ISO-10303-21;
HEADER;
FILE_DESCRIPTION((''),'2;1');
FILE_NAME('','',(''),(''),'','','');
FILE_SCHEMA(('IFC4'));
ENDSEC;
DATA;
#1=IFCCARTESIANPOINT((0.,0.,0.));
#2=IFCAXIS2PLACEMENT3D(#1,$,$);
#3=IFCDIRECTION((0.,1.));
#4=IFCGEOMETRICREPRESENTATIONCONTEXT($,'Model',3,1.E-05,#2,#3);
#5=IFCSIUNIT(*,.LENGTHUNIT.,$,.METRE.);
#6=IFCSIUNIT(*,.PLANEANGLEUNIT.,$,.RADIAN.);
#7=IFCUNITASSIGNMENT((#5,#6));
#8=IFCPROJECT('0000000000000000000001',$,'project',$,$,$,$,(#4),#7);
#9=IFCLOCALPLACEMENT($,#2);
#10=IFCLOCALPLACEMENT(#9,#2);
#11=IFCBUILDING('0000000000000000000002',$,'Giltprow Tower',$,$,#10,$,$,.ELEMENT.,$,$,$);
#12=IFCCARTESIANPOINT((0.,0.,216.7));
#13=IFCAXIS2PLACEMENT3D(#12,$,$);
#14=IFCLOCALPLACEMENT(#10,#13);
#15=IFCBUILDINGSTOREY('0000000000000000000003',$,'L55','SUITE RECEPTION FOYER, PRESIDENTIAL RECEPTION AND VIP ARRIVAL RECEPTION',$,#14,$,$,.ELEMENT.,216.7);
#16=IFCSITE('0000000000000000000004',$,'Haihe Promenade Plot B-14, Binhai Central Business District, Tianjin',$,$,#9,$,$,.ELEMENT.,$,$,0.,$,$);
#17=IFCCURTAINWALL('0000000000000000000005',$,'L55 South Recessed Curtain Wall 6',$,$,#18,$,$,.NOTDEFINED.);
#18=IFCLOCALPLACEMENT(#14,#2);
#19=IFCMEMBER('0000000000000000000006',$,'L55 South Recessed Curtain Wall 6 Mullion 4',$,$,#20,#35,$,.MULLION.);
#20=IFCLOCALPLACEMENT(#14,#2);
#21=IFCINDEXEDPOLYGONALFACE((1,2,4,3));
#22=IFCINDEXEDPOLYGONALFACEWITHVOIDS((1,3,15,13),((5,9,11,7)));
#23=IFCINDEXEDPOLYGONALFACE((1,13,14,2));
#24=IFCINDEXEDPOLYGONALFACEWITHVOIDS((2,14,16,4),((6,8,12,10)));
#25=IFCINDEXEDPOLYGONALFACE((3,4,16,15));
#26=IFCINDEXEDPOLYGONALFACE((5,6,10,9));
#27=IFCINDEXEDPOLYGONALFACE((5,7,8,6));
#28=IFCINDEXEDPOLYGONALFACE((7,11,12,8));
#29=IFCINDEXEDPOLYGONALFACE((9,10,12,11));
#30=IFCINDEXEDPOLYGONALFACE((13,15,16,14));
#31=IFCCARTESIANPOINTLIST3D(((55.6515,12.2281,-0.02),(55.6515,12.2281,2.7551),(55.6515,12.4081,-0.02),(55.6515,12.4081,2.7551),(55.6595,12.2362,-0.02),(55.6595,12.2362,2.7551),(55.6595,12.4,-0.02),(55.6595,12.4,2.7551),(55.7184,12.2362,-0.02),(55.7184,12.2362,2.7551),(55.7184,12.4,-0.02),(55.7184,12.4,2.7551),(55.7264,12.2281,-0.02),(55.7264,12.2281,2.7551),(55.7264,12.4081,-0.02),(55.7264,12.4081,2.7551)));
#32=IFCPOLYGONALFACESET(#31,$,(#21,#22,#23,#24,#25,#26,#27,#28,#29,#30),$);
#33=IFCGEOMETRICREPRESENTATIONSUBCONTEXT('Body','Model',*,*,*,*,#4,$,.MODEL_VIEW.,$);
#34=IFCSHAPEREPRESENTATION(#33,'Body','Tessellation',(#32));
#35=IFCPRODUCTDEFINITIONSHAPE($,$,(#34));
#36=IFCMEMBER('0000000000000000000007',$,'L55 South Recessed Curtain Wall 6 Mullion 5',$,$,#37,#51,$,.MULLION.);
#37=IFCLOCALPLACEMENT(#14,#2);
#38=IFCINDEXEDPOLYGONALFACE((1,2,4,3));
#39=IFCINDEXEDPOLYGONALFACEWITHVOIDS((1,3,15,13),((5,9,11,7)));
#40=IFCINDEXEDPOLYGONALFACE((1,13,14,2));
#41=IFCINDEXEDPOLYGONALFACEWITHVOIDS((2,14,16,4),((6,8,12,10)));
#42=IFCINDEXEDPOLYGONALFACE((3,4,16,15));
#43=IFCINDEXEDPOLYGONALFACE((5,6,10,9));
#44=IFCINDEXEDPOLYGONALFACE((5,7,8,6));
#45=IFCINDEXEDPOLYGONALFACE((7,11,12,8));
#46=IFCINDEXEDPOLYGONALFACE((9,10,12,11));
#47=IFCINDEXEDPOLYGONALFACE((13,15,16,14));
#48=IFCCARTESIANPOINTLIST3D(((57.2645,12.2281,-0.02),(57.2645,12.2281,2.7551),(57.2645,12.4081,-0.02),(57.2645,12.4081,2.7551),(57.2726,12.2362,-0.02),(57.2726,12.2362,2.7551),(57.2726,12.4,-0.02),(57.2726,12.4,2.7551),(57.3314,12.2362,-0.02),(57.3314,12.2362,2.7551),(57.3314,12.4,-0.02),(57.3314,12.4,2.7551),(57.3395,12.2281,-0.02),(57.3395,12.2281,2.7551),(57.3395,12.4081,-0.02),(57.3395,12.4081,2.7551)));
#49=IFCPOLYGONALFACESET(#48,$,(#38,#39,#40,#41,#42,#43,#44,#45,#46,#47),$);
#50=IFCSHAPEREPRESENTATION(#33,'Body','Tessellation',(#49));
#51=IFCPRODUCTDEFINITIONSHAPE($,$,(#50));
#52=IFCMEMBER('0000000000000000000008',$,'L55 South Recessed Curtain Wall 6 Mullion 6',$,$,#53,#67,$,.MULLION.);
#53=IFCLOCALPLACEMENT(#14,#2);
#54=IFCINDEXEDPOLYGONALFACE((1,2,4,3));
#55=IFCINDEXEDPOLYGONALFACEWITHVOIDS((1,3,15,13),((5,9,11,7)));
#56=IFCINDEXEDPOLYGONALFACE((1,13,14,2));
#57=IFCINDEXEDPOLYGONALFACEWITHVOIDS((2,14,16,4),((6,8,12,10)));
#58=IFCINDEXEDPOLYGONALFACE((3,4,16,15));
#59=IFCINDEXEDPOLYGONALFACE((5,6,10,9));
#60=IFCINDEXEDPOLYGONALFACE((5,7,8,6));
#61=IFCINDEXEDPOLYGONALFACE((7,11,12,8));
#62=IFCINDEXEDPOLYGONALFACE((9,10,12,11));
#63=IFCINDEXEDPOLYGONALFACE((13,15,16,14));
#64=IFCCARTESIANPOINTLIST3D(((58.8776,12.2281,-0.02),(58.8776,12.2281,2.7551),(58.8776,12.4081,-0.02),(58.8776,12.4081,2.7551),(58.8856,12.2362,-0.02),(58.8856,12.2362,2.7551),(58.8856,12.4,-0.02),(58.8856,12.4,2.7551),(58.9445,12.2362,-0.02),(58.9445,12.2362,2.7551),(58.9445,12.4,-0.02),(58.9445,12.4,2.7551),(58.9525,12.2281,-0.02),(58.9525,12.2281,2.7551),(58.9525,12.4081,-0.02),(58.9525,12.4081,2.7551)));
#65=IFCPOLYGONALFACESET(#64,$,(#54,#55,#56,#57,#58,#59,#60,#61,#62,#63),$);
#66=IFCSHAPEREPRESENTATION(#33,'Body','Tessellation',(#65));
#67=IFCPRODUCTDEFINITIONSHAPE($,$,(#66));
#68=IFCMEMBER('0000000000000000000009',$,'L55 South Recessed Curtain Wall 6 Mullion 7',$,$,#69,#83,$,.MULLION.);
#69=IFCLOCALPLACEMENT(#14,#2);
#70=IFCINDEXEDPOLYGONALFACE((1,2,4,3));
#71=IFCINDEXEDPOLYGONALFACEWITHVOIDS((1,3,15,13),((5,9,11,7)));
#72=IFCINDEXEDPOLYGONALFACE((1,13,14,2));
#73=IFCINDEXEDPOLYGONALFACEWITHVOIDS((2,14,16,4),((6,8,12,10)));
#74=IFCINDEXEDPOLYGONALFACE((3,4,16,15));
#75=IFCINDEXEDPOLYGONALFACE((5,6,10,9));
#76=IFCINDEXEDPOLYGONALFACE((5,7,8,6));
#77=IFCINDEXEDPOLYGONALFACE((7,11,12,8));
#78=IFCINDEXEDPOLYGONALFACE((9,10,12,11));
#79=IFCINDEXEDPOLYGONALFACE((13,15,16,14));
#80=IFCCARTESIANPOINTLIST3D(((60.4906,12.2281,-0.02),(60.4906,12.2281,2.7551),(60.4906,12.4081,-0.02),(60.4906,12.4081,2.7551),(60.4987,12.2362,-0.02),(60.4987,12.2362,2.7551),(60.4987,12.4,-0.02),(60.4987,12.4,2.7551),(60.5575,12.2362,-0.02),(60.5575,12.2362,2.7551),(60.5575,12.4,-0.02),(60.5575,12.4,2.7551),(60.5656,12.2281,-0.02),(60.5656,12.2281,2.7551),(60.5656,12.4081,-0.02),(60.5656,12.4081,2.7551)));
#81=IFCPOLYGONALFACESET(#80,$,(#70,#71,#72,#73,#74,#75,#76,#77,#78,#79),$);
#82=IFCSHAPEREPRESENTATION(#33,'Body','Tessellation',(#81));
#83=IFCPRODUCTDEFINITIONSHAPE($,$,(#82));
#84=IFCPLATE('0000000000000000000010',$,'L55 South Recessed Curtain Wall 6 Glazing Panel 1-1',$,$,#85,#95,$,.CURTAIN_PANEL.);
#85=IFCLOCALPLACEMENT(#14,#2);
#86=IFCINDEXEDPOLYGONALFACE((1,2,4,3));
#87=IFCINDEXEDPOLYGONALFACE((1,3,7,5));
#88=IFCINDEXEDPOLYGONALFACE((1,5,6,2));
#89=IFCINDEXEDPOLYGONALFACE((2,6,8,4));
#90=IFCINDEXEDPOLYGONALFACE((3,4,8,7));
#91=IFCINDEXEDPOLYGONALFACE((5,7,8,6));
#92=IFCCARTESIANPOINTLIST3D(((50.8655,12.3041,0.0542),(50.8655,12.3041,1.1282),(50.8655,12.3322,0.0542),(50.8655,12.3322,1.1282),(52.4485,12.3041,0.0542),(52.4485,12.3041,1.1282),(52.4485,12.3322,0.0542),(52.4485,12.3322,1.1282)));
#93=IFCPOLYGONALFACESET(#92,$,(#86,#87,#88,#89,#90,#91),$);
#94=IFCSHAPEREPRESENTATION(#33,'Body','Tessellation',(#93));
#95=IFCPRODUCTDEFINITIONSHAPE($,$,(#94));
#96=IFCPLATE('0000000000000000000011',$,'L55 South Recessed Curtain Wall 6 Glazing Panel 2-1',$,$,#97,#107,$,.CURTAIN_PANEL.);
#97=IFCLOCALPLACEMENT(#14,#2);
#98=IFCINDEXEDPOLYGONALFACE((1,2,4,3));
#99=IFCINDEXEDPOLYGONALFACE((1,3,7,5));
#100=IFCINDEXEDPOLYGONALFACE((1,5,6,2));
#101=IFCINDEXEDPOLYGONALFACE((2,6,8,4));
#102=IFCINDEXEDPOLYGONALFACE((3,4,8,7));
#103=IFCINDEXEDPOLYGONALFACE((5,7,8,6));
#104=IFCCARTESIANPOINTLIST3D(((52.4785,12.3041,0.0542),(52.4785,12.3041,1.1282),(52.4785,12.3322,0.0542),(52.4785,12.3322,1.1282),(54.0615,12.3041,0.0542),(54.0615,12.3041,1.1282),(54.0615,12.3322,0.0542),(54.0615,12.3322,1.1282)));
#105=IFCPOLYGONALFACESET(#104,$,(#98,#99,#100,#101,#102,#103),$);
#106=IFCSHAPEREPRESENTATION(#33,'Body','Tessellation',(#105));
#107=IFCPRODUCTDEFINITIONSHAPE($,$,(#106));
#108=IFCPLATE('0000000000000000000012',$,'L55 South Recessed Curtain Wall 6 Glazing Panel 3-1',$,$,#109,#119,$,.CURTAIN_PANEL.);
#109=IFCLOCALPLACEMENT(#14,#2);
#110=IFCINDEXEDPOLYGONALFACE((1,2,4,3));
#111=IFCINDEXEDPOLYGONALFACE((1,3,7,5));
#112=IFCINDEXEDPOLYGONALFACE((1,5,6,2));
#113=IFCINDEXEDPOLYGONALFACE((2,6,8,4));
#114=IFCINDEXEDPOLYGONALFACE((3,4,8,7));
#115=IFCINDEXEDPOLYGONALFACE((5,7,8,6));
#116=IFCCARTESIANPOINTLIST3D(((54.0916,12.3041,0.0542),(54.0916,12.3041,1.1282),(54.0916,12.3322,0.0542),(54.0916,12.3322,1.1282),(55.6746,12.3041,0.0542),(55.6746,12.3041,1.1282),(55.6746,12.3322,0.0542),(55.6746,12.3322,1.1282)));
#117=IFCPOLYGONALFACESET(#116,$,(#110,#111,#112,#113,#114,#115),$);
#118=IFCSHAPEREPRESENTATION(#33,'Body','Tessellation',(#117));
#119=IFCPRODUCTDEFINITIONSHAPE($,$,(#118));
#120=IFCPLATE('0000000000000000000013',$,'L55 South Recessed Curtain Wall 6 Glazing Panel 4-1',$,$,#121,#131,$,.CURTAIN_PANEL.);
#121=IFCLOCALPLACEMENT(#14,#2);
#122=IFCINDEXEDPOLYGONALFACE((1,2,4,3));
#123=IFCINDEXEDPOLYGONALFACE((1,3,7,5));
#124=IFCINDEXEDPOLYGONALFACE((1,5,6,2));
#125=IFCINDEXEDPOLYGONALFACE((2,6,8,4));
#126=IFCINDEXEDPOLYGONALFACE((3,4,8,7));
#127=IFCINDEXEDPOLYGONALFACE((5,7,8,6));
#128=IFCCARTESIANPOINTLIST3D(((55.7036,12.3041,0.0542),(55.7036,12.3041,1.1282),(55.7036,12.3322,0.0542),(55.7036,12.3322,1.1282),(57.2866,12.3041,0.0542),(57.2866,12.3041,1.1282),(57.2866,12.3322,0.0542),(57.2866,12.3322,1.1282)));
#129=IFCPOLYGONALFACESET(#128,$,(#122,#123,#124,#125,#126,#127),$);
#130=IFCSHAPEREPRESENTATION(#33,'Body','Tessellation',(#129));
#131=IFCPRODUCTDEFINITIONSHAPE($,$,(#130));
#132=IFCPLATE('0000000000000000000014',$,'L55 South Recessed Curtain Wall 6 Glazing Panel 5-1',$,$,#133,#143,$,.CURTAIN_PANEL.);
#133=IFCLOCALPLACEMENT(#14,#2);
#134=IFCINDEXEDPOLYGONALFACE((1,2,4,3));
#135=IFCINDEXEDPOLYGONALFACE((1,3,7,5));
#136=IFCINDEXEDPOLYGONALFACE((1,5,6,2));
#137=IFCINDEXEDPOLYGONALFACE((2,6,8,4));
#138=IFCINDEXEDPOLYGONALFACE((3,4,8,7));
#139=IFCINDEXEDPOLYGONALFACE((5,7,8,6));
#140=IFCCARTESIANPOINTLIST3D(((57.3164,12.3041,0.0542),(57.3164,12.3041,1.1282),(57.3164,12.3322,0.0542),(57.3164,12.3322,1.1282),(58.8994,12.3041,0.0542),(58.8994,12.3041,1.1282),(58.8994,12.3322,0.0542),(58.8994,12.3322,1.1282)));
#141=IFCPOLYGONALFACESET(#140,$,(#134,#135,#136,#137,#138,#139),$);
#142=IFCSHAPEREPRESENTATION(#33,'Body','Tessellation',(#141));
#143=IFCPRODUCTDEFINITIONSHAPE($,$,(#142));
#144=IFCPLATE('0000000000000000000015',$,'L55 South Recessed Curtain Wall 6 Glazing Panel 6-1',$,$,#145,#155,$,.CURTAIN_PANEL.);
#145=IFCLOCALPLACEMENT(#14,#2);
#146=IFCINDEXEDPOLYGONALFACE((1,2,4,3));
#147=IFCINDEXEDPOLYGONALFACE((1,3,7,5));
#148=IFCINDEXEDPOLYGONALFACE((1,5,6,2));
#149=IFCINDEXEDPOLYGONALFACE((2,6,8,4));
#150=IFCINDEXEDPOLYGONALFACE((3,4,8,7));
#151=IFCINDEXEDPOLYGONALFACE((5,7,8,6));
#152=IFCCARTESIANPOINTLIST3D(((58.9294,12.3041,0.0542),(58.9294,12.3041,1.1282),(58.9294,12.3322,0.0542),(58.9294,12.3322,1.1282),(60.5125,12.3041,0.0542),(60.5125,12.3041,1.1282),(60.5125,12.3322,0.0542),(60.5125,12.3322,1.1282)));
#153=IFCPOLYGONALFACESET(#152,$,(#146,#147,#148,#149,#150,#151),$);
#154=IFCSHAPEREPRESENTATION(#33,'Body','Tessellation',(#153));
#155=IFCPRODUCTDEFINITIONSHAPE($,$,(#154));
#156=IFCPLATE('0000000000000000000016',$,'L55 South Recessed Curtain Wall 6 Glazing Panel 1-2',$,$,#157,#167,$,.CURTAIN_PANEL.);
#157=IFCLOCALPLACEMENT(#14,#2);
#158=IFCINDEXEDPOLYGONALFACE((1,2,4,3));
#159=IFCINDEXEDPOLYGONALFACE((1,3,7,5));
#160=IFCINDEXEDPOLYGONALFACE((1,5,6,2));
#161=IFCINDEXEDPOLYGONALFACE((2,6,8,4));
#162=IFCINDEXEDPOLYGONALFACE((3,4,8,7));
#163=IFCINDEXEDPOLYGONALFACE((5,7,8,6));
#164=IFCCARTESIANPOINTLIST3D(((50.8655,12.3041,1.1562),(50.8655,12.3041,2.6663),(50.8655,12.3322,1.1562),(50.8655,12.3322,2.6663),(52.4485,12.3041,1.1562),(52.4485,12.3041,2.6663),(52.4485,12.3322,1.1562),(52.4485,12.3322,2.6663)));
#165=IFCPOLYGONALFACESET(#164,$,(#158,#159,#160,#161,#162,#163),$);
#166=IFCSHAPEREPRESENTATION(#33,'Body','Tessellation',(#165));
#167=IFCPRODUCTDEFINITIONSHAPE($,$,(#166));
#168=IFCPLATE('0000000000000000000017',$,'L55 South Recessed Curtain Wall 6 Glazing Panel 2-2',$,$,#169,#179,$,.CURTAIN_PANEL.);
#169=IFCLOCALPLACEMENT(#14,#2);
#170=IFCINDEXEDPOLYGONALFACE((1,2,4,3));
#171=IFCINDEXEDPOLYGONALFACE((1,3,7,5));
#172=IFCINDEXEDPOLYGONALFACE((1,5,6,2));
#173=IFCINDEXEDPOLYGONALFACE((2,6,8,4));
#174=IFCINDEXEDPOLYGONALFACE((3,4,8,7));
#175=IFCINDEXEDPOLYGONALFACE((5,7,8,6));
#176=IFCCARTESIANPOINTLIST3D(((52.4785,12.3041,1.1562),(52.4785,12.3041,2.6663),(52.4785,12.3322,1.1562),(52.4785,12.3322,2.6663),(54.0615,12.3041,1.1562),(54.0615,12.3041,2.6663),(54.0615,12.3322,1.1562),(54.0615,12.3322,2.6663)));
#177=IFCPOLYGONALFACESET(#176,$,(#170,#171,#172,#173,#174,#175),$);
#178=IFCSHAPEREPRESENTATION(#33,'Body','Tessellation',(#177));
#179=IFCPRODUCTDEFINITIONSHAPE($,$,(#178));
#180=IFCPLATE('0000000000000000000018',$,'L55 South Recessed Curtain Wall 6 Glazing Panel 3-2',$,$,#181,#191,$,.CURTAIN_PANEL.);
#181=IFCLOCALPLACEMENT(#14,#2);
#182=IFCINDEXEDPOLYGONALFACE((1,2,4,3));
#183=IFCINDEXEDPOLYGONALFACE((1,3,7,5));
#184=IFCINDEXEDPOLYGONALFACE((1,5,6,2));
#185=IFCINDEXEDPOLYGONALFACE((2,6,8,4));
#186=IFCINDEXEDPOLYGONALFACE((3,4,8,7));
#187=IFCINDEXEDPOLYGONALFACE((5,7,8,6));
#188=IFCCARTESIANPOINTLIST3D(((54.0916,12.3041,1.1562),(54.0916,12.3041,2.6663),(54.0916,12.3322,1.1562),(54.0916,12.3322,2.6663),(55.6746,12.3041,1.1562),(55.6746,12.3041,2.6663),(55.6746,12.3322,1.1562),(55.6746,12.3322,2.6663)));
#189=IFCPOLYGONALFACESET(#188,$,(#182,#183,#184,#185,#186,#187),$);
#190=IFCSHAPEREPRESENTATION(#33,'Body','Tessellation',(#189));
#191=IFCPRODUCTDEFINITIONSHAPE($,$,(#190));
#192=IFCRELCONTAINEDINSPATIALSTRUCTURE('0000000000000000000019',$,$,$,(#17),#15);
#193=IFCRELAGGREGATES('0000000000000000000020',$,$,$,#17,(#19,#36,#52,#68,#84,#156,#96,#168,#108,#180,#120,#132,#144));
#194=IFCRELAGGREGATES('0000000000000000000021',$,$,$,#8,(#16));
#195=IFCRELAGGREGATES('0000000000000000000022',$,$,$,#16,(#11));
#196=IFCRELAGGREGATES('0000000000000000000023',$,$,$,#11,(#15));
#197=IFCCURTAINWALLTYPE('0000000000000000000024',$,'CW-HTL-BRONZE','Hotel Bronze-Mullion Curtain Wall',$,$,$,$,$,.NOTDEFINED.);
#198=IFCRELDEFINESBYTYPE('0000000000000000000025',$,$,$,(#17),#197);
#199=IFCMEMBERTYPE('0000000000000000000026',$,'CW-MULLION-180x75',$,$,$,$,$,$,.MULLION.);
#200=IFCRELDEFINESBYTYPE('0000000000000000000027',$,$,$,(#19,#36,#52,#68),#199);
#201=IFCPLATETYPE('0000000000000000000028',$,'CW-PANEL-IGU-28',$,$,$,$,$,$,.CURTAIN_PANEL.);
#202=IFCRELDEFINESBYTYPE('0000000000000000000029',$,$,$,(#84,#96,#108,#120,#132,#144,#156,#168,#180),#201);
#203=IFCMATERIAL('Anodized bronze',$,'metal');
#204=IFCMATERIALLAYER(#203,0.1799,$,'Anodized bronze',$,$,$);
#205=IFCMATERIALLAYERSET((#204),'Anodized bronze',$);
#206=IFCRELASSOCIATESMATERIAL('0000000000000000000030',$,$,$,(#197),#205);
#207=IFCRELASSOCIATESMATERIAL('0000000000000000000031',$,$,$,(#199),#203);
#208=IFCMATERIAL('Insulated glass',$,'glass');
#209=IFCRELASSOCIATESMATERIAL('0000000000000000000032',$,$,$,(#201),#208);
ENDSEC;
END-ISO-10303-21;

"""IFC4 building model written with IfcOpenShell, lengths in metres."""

from ifc_helpers import new_model, si_unit, direction, frame, origin, origin_2d, place, context, subcontext, project, spatial, rectangle, hollow_rectangle, extrude, source, transform, mapped, material, layer, layer_set, material_profile, profile_set, type_object, element, aggregate, save


model = new_model("IFC4")

# Units and contexts
model_context = context("Model", 3, precision=1e-05, world=origin(), true_north=direction((0.0, 1.0)))
body_context = subcontext(model_context, "Body", "Model", "MODEL_VIEW")
ifc_project = project(units=[si_unit("LENGTHUNIT", "METRE"), si_unit("PLANEANGLEUNIT", "RADIAN")], contexts=[model_context])

# Site, building, storey
site_placement = place(None, origin())
site = spatial("IfcSite", under=ifc_project, at=site_placement, Name="Haihe Promenade Plot B-14, Binhai Central Business District, Tianjin", CompositionType="ELEMENT", RefElevation=0.0)
building_placement = place(site_placement, origin())
building = spatial("IfcBuilding", under=site, at=building_placement, Name="Giltprow Tower", CompositionType="ELEMENT")
storey_placement = place(building_placement, frame((0.0, 0.0, 216.7)))
storey = spatial("IfcBuildingStorey", under=building, at=storey_placement, Name="L55", Description="SUITE RECEPTION FOYER, PRESIDENTIAL RECEPTION AND VIP ARRIVAL RECEPTION", CompositionType="ELEMENT", Elevation=216.7)

# Curtain wall, members, plates
ifc_material_1 = material(Name="Anodized bronze", Category="metal")
ifc_layer_1 = layer(ifc_material_1, 0.1799, Name="Anodized bronze")
ifc_layer_set_1 = layer_set([ifc_layer_1], Name="Anodized bronze")
curtain_wall_type = type_object("IfcCurtainWallType", Name="CW-HTL-BRONZE", Description="Hotel Bronze-Mullion Curtain Wall", PredefinedType="NOTDEFINED", material=ifc_layer_set_1)
curtain_wall_placement = place(storey_placement, origin())
curtain_wall = element("IfcCurtainWall", 1, at=curtain_wall_placement, inside=storey, type_object=curtain_wall_type, Name="L55 South Recessed Curtain Wall 6", PredefinedType="NOTDEFINED")
ifc_material_profile_1 = material_profile(ifc_material_1, hollow_rectangle(XDim=0.075, YDim=0.1799, WallThickness=0.0081, at=origin_2d()), Name="RHS 180x75x8")
ifc_profile_set_1 = profile_set([ifc_material_profile_1], Name="Anodized bronze")
member_type_1 = type_object("IfcMemberType", Name="CW-MULLION-180x75", PredefinedType="MULLION", material=ifc_profile_set_1)
shared_shape_1 = source(origin(), body_context, "Body", "SweptSolid", [
    extrude(hollow_rectangle(XDim=0.075, YDim=0.1799, WallThickness=0.0081, at=origin_2d()), origin(), (0.0, 0.0, 1.0), 2.7751),
])
member_1_placement = place(storey_placement, frame((55.689, 12.3181, -0.02), z_axis=(0.0, 0.0, 1.0), x_axis=(1.0, 0.0, 0.0)))
member_1 = element("IfcMember", 2, at=member_1_placement, type_object=member_type_1, Name="L55 South Recessed Curtain Wall 6 Mullion 4", PredefinedType="MULLION", context=body_context, shape_type="MappedRepresentation", body=[
    mapped(shared_shape_1, transform((0.0, 0.0, 0.0), x_axis=(1.0, 0.0, 0.0), y_axis=(0.0, 1.0, 0.0), z_axis=(0.0, 0.0, 1.0), scale=1.0)),
])
member_2_placement = place(storey_placement, frame((57.302, 12.3181, -0.02), z_axis=(0.0, 0.0, 1.0), x_axis=(1.0, 0.0, 0.0)))
member_2 = element("IfcMember", 3, at=member_2_placement, type_object=member_type_1, Name="L55 South Recessed Curtain Wall 6 Mullion 5", PredefinedType="MULLION", context=body_context, shape_type="MappedRepresentation", body=[
    mapped(shared_shape_1, transform((0.0, 0.0, 0.0), x_axis=(1.0, 0.0, 0.0), y_axis=(0.0, 1.0, 0.0), z_axis=(0.0, 0.0, 1.0), scale=1.0)),
])
member_3_placement = place(storey_placement, frame((58.915, 12.3181, -0.02), z_axis=(0.0, 0.0, 1.0), x_axis=(1.0, 0.0, 0.0)))
member_3 = element("IfcMember", 4, at=member_3_placement, type_object=member_type_1, Name="L55 South Recessed Curtain Wall 6 Mullion 6", PredefinedType="MULLION", context=body_context, shape_type="MappedRepresentation", body=[
    mapped(shared_shape_1, transform((0.0, 0.0, 0.0), x_axis=(1.0, 0.0, 0.0), y_axis=(0.0, 1.0, 0.0), z_axis=(0.0, 0.0, 1.0), scale=1.0)),
])
member_4_placement = place(storey_placement, frame((60.5281, 12.3181, -0.02), z_axis=(0.0, 0.0, 1.0), x_axis=(1.0, 0.0, 0.0)))
member_4 = element("IfcMember", 5, at=member_4_placement, type_object=member_type_1, Name="L55 South Recessed Curtain Wall 6 Mullion 7", PredefinedType="MULLION", context=body_context, shape_type="MappedRepresentation", body=[
    mapped(shared_shape_1, transform((0.0, 0.0, 0.0), x_axis=(1.0, 0.0, 0.0), y_axis=(0.0, 1.0, 0.0), z_axis=(0.0, 0.0, 1.0), scale=1.0)),
])
ifc_material_2 = material(Name="Insulated glass", Category="glass")
plate_type = type_object("IfcPlateType", Name="CW-PANEL-IGU-28", PredefinedType="CURTAIN_PANEL", material=ifc_material_2)
shared_shape_2 = source(origin(), body_context, "Body", "SweptSolid", [
    extrude(rectangle(XDim=1.583, YDim=0.0281, at=origin_2d()), origin(), (0.0, 0.0, 1.0), 1.074),
])
plate_1_placement = place(storey_placement, frame((51.657, 12.3181, 0.0542), z_axis=(0.0, 0.0, 1.0), x_axis=(1.0, 0.0, 0.0)))
plate_1 = element("IfcPlate", 6, at=plate_1_placement, type_object=plate_type, Name="L55 South Recessed Curtain Wall 6 Glazing Panel 1-1", PredefinedType="CURTAIN_PANEL", context=body_context, shape_type="MappedRepresentation", body=[
    mapped(shared_shape_2, transform((0.0, 0.0, 0.0), x_axis=(1.0, 0.0, 0.0), y_axis=(0.0, 1.0, 0.0), z_axis=(0.0, 0.0, 1.0), scale=1.0)),
])
plate_2_placement = place(storey_placement, frame((53.27, 12.3181, 0.0542), z_axis=(0.0, 0.0, 1.0), x_axis=(1.0, 0.0, 0.0)))
plate_2 = element("IfcPlate", 7, at=plate_2_placement, type_object=plate_type, Name="L55 South Recessed Curtain Wall 6 Glazing Panel 2-1", PredefinedType="CURTAIN_PANEL", context=body_context, shape_type="MappedRepresentation", body=[
    mapped(shared_shape_2, transform((0.0, 0.0, 0.0), x_axis=(1.0, 0.0, 0.0), y_axis=(0.0, 1.0, 0.0), z_axis=(0.0, 0.0, 1.0), scale=1.0)),
])
plate_3_placement = place(storey_placement, frame((54.8831, 12.3181, 0.0542), z_axis=(0.0, 0.0, 1.0), x_axis=(1.0, 0.0, 0.0)))
plate_3 = element("IfcPlate", 8, at=plate_3_placement, type_object=plate_type, Name="L55 South Recessed Curtain Wall 6 Glazing Panel 3-1", PredefinedType="CURTAIN_PANEL", context=body_context, shape_type="MappedRepresentation", body=[
    mapped(shared_shape_2, transform((0.0, 0.0, 0.0), x_axis=(1.0, 0.0, 0.0), y_axis=(0.0, 1.0, 0.0), z_axis=(0.0, 0.0, 1.0), scale=1.0)),
])
plate_4_placement = place(storey_placement, frame((56.4951, 12.3181, 0.0542), z_axis=(0.0, 0.0, 1.0), x_axis=(1.0, 0.0, 0.0)))
plate_4 = element("IfcPlate", 9, at=plate_4_placement, type_object=plate_type, Name="L55 South Recessed Curtain Wall 6 Glazing Panel 4-1", PredefinedType="CURTAIN_PANEL", context=body_context, shape_type="MappedRepresentation", body=[
    mapped(shared_shape_2, transform((0.0, 0.0, 0.0), x_axis=(1.0, 0.0, 0.0), y_axis=(0.0, 1.0, 0.0), z_axis=(0.0, 0.0, 1.0), scale=1.0)),
])
plate_5_placement = place(storey_placement, frame((58.1079, 12.3181, 0.0542), z_axis=(0.0, 0.0, 1.0), x_axis=(1.0, 0.0, 0.0)))
plate_5 = element("IfcPlate", 10, at=plate_5_placement, type_object=plate_type, Name="L55 South Recessed Curtain Wall 6 Glazing Panel 5-1", PredefinedType="CURTAIN_PANEL", context=body_context, shape_type="MappedRepresentation", body=[
    mapped(shared_shape_2, transform((0.0, 0.0, 0.0), x_axis=(1.0, 0.0, 0.0), y_axis=(0.0, 1.0, 0.0), z_axis=(0.0, 0.0, 1.0), scale=1.0)),
])
plate_6_placement = place(storey_placement, frame((59.7209, 12.3181, 0.0542), z_axis=(0.0, 0.0, 1.0), x_axis=(1.0, 0.0, 0.0)))
plate_6 = element("IfcPlate", 11, at=plate_6_placement, type_object=plate_type, Name="L55 South Recessed Curtain Wall 6 Glazing Panel 6-1", PredefinedType="CURTAIN_PANEL", context=body_context, shape_type="MappedRepresentation", body=[
    mapped(shared_shape_2, transform((0.0, 0.0, 0.0), x_axis=(1.0, 0.0, 0.0), y_axis=(0.0, 1.0, 0.0), z_axis=(0.0, 0.0, 1.0), scale=1.0)),
])
shared_shape_3 = source(origin(), body_context, "Body", "SweptSolid", [
    extrude(rectangle(XDim=1.583, YDim=0.0281, at=origin_2d()), origin(), (0.0, 0.0, 1.0), 1.51),
])
plate_7_placement = place(storey_placement, frame((51.657, 12.3181, 1.1562), z_axis=(0.0, 0.0, 1.0), x_axis=(1.0, 0.0, 0.0)))
plate_7 = element("IfcPlate", 12, at=plate_7_placement, type_object=plate_type, Name="L55 South Recessed Curtain Wall 6 Glazing Panel 1-2", PredefinedType="CURTAIN_PANEL", context=body_context, shape_type="MappedRepresentation", body=[
    mapped(shared_shape_3, transform((0.0, 0.0, 0.0), x_axis=(1.0, 0.0, 0.0), y_axis=(0.0, 1.0, 0.0), z_axis=(0.0, 0.0, 1.0), scale=1.0)),
])
plate_8_placement = place(storey_placement, frame((53.27, 12.3181, 1.1562), z_axis=(0.0, 0.0, 1.0), x_axis=(1.0, 0.0, 0.0)))
plate_8 = element("IfcPlate", 13, at=plate_8_placement, type_object=plate_type, Name="L55 South Recessed Curtain Wall 6 Glazing Panel 2-2", PredefinedType="CURTAIN_PANEL", context=body_context, shape_type="MappedRepresentation", body=[
    mapped(shared_shape_3, transform((0.0, 0.0, 0.0), x_axis=(1.0, 0.0, 0.0), y_axis=(0.0, 1.0, 0.0), z_axis=(0.0, 0.0, 1.0), scale=1.0)),
])
plate_9_placement = place(storey_placement, frame((54.8831, 12.3181, 1.1562), z_axis=(0.0, 0.0, 1.0), x_axis=(1.0, 0.0, 0.0)))
plate_9 = element("IfcPlate", 14, at=plate_9_placement, type_object=plate_type, Name="L55 South Recessed Curtain Wall 6 Glazing Panel 3-2", PredefinedType="CURTAIN_PANEL", context=body_context, shape_type="MappedRepresentation", body=[
    mapped(shared_shape_3, transform((0.0, 0.0, 0.0), x_axis=(1.0, 0.0, 0.0), y_axis=(0.0, 1.0, 0.0), z_axis=(0.0, 0.0, 1.0), scale=1.0)),
])
aggregate(curtain_wall, [member_1, member_2, member_3, member_4, plate_1, plate_7, plate_2, plate_8, plate_3, plate_9, plate_4, plate_5, plate_6])

save(model, "model.ifc")
